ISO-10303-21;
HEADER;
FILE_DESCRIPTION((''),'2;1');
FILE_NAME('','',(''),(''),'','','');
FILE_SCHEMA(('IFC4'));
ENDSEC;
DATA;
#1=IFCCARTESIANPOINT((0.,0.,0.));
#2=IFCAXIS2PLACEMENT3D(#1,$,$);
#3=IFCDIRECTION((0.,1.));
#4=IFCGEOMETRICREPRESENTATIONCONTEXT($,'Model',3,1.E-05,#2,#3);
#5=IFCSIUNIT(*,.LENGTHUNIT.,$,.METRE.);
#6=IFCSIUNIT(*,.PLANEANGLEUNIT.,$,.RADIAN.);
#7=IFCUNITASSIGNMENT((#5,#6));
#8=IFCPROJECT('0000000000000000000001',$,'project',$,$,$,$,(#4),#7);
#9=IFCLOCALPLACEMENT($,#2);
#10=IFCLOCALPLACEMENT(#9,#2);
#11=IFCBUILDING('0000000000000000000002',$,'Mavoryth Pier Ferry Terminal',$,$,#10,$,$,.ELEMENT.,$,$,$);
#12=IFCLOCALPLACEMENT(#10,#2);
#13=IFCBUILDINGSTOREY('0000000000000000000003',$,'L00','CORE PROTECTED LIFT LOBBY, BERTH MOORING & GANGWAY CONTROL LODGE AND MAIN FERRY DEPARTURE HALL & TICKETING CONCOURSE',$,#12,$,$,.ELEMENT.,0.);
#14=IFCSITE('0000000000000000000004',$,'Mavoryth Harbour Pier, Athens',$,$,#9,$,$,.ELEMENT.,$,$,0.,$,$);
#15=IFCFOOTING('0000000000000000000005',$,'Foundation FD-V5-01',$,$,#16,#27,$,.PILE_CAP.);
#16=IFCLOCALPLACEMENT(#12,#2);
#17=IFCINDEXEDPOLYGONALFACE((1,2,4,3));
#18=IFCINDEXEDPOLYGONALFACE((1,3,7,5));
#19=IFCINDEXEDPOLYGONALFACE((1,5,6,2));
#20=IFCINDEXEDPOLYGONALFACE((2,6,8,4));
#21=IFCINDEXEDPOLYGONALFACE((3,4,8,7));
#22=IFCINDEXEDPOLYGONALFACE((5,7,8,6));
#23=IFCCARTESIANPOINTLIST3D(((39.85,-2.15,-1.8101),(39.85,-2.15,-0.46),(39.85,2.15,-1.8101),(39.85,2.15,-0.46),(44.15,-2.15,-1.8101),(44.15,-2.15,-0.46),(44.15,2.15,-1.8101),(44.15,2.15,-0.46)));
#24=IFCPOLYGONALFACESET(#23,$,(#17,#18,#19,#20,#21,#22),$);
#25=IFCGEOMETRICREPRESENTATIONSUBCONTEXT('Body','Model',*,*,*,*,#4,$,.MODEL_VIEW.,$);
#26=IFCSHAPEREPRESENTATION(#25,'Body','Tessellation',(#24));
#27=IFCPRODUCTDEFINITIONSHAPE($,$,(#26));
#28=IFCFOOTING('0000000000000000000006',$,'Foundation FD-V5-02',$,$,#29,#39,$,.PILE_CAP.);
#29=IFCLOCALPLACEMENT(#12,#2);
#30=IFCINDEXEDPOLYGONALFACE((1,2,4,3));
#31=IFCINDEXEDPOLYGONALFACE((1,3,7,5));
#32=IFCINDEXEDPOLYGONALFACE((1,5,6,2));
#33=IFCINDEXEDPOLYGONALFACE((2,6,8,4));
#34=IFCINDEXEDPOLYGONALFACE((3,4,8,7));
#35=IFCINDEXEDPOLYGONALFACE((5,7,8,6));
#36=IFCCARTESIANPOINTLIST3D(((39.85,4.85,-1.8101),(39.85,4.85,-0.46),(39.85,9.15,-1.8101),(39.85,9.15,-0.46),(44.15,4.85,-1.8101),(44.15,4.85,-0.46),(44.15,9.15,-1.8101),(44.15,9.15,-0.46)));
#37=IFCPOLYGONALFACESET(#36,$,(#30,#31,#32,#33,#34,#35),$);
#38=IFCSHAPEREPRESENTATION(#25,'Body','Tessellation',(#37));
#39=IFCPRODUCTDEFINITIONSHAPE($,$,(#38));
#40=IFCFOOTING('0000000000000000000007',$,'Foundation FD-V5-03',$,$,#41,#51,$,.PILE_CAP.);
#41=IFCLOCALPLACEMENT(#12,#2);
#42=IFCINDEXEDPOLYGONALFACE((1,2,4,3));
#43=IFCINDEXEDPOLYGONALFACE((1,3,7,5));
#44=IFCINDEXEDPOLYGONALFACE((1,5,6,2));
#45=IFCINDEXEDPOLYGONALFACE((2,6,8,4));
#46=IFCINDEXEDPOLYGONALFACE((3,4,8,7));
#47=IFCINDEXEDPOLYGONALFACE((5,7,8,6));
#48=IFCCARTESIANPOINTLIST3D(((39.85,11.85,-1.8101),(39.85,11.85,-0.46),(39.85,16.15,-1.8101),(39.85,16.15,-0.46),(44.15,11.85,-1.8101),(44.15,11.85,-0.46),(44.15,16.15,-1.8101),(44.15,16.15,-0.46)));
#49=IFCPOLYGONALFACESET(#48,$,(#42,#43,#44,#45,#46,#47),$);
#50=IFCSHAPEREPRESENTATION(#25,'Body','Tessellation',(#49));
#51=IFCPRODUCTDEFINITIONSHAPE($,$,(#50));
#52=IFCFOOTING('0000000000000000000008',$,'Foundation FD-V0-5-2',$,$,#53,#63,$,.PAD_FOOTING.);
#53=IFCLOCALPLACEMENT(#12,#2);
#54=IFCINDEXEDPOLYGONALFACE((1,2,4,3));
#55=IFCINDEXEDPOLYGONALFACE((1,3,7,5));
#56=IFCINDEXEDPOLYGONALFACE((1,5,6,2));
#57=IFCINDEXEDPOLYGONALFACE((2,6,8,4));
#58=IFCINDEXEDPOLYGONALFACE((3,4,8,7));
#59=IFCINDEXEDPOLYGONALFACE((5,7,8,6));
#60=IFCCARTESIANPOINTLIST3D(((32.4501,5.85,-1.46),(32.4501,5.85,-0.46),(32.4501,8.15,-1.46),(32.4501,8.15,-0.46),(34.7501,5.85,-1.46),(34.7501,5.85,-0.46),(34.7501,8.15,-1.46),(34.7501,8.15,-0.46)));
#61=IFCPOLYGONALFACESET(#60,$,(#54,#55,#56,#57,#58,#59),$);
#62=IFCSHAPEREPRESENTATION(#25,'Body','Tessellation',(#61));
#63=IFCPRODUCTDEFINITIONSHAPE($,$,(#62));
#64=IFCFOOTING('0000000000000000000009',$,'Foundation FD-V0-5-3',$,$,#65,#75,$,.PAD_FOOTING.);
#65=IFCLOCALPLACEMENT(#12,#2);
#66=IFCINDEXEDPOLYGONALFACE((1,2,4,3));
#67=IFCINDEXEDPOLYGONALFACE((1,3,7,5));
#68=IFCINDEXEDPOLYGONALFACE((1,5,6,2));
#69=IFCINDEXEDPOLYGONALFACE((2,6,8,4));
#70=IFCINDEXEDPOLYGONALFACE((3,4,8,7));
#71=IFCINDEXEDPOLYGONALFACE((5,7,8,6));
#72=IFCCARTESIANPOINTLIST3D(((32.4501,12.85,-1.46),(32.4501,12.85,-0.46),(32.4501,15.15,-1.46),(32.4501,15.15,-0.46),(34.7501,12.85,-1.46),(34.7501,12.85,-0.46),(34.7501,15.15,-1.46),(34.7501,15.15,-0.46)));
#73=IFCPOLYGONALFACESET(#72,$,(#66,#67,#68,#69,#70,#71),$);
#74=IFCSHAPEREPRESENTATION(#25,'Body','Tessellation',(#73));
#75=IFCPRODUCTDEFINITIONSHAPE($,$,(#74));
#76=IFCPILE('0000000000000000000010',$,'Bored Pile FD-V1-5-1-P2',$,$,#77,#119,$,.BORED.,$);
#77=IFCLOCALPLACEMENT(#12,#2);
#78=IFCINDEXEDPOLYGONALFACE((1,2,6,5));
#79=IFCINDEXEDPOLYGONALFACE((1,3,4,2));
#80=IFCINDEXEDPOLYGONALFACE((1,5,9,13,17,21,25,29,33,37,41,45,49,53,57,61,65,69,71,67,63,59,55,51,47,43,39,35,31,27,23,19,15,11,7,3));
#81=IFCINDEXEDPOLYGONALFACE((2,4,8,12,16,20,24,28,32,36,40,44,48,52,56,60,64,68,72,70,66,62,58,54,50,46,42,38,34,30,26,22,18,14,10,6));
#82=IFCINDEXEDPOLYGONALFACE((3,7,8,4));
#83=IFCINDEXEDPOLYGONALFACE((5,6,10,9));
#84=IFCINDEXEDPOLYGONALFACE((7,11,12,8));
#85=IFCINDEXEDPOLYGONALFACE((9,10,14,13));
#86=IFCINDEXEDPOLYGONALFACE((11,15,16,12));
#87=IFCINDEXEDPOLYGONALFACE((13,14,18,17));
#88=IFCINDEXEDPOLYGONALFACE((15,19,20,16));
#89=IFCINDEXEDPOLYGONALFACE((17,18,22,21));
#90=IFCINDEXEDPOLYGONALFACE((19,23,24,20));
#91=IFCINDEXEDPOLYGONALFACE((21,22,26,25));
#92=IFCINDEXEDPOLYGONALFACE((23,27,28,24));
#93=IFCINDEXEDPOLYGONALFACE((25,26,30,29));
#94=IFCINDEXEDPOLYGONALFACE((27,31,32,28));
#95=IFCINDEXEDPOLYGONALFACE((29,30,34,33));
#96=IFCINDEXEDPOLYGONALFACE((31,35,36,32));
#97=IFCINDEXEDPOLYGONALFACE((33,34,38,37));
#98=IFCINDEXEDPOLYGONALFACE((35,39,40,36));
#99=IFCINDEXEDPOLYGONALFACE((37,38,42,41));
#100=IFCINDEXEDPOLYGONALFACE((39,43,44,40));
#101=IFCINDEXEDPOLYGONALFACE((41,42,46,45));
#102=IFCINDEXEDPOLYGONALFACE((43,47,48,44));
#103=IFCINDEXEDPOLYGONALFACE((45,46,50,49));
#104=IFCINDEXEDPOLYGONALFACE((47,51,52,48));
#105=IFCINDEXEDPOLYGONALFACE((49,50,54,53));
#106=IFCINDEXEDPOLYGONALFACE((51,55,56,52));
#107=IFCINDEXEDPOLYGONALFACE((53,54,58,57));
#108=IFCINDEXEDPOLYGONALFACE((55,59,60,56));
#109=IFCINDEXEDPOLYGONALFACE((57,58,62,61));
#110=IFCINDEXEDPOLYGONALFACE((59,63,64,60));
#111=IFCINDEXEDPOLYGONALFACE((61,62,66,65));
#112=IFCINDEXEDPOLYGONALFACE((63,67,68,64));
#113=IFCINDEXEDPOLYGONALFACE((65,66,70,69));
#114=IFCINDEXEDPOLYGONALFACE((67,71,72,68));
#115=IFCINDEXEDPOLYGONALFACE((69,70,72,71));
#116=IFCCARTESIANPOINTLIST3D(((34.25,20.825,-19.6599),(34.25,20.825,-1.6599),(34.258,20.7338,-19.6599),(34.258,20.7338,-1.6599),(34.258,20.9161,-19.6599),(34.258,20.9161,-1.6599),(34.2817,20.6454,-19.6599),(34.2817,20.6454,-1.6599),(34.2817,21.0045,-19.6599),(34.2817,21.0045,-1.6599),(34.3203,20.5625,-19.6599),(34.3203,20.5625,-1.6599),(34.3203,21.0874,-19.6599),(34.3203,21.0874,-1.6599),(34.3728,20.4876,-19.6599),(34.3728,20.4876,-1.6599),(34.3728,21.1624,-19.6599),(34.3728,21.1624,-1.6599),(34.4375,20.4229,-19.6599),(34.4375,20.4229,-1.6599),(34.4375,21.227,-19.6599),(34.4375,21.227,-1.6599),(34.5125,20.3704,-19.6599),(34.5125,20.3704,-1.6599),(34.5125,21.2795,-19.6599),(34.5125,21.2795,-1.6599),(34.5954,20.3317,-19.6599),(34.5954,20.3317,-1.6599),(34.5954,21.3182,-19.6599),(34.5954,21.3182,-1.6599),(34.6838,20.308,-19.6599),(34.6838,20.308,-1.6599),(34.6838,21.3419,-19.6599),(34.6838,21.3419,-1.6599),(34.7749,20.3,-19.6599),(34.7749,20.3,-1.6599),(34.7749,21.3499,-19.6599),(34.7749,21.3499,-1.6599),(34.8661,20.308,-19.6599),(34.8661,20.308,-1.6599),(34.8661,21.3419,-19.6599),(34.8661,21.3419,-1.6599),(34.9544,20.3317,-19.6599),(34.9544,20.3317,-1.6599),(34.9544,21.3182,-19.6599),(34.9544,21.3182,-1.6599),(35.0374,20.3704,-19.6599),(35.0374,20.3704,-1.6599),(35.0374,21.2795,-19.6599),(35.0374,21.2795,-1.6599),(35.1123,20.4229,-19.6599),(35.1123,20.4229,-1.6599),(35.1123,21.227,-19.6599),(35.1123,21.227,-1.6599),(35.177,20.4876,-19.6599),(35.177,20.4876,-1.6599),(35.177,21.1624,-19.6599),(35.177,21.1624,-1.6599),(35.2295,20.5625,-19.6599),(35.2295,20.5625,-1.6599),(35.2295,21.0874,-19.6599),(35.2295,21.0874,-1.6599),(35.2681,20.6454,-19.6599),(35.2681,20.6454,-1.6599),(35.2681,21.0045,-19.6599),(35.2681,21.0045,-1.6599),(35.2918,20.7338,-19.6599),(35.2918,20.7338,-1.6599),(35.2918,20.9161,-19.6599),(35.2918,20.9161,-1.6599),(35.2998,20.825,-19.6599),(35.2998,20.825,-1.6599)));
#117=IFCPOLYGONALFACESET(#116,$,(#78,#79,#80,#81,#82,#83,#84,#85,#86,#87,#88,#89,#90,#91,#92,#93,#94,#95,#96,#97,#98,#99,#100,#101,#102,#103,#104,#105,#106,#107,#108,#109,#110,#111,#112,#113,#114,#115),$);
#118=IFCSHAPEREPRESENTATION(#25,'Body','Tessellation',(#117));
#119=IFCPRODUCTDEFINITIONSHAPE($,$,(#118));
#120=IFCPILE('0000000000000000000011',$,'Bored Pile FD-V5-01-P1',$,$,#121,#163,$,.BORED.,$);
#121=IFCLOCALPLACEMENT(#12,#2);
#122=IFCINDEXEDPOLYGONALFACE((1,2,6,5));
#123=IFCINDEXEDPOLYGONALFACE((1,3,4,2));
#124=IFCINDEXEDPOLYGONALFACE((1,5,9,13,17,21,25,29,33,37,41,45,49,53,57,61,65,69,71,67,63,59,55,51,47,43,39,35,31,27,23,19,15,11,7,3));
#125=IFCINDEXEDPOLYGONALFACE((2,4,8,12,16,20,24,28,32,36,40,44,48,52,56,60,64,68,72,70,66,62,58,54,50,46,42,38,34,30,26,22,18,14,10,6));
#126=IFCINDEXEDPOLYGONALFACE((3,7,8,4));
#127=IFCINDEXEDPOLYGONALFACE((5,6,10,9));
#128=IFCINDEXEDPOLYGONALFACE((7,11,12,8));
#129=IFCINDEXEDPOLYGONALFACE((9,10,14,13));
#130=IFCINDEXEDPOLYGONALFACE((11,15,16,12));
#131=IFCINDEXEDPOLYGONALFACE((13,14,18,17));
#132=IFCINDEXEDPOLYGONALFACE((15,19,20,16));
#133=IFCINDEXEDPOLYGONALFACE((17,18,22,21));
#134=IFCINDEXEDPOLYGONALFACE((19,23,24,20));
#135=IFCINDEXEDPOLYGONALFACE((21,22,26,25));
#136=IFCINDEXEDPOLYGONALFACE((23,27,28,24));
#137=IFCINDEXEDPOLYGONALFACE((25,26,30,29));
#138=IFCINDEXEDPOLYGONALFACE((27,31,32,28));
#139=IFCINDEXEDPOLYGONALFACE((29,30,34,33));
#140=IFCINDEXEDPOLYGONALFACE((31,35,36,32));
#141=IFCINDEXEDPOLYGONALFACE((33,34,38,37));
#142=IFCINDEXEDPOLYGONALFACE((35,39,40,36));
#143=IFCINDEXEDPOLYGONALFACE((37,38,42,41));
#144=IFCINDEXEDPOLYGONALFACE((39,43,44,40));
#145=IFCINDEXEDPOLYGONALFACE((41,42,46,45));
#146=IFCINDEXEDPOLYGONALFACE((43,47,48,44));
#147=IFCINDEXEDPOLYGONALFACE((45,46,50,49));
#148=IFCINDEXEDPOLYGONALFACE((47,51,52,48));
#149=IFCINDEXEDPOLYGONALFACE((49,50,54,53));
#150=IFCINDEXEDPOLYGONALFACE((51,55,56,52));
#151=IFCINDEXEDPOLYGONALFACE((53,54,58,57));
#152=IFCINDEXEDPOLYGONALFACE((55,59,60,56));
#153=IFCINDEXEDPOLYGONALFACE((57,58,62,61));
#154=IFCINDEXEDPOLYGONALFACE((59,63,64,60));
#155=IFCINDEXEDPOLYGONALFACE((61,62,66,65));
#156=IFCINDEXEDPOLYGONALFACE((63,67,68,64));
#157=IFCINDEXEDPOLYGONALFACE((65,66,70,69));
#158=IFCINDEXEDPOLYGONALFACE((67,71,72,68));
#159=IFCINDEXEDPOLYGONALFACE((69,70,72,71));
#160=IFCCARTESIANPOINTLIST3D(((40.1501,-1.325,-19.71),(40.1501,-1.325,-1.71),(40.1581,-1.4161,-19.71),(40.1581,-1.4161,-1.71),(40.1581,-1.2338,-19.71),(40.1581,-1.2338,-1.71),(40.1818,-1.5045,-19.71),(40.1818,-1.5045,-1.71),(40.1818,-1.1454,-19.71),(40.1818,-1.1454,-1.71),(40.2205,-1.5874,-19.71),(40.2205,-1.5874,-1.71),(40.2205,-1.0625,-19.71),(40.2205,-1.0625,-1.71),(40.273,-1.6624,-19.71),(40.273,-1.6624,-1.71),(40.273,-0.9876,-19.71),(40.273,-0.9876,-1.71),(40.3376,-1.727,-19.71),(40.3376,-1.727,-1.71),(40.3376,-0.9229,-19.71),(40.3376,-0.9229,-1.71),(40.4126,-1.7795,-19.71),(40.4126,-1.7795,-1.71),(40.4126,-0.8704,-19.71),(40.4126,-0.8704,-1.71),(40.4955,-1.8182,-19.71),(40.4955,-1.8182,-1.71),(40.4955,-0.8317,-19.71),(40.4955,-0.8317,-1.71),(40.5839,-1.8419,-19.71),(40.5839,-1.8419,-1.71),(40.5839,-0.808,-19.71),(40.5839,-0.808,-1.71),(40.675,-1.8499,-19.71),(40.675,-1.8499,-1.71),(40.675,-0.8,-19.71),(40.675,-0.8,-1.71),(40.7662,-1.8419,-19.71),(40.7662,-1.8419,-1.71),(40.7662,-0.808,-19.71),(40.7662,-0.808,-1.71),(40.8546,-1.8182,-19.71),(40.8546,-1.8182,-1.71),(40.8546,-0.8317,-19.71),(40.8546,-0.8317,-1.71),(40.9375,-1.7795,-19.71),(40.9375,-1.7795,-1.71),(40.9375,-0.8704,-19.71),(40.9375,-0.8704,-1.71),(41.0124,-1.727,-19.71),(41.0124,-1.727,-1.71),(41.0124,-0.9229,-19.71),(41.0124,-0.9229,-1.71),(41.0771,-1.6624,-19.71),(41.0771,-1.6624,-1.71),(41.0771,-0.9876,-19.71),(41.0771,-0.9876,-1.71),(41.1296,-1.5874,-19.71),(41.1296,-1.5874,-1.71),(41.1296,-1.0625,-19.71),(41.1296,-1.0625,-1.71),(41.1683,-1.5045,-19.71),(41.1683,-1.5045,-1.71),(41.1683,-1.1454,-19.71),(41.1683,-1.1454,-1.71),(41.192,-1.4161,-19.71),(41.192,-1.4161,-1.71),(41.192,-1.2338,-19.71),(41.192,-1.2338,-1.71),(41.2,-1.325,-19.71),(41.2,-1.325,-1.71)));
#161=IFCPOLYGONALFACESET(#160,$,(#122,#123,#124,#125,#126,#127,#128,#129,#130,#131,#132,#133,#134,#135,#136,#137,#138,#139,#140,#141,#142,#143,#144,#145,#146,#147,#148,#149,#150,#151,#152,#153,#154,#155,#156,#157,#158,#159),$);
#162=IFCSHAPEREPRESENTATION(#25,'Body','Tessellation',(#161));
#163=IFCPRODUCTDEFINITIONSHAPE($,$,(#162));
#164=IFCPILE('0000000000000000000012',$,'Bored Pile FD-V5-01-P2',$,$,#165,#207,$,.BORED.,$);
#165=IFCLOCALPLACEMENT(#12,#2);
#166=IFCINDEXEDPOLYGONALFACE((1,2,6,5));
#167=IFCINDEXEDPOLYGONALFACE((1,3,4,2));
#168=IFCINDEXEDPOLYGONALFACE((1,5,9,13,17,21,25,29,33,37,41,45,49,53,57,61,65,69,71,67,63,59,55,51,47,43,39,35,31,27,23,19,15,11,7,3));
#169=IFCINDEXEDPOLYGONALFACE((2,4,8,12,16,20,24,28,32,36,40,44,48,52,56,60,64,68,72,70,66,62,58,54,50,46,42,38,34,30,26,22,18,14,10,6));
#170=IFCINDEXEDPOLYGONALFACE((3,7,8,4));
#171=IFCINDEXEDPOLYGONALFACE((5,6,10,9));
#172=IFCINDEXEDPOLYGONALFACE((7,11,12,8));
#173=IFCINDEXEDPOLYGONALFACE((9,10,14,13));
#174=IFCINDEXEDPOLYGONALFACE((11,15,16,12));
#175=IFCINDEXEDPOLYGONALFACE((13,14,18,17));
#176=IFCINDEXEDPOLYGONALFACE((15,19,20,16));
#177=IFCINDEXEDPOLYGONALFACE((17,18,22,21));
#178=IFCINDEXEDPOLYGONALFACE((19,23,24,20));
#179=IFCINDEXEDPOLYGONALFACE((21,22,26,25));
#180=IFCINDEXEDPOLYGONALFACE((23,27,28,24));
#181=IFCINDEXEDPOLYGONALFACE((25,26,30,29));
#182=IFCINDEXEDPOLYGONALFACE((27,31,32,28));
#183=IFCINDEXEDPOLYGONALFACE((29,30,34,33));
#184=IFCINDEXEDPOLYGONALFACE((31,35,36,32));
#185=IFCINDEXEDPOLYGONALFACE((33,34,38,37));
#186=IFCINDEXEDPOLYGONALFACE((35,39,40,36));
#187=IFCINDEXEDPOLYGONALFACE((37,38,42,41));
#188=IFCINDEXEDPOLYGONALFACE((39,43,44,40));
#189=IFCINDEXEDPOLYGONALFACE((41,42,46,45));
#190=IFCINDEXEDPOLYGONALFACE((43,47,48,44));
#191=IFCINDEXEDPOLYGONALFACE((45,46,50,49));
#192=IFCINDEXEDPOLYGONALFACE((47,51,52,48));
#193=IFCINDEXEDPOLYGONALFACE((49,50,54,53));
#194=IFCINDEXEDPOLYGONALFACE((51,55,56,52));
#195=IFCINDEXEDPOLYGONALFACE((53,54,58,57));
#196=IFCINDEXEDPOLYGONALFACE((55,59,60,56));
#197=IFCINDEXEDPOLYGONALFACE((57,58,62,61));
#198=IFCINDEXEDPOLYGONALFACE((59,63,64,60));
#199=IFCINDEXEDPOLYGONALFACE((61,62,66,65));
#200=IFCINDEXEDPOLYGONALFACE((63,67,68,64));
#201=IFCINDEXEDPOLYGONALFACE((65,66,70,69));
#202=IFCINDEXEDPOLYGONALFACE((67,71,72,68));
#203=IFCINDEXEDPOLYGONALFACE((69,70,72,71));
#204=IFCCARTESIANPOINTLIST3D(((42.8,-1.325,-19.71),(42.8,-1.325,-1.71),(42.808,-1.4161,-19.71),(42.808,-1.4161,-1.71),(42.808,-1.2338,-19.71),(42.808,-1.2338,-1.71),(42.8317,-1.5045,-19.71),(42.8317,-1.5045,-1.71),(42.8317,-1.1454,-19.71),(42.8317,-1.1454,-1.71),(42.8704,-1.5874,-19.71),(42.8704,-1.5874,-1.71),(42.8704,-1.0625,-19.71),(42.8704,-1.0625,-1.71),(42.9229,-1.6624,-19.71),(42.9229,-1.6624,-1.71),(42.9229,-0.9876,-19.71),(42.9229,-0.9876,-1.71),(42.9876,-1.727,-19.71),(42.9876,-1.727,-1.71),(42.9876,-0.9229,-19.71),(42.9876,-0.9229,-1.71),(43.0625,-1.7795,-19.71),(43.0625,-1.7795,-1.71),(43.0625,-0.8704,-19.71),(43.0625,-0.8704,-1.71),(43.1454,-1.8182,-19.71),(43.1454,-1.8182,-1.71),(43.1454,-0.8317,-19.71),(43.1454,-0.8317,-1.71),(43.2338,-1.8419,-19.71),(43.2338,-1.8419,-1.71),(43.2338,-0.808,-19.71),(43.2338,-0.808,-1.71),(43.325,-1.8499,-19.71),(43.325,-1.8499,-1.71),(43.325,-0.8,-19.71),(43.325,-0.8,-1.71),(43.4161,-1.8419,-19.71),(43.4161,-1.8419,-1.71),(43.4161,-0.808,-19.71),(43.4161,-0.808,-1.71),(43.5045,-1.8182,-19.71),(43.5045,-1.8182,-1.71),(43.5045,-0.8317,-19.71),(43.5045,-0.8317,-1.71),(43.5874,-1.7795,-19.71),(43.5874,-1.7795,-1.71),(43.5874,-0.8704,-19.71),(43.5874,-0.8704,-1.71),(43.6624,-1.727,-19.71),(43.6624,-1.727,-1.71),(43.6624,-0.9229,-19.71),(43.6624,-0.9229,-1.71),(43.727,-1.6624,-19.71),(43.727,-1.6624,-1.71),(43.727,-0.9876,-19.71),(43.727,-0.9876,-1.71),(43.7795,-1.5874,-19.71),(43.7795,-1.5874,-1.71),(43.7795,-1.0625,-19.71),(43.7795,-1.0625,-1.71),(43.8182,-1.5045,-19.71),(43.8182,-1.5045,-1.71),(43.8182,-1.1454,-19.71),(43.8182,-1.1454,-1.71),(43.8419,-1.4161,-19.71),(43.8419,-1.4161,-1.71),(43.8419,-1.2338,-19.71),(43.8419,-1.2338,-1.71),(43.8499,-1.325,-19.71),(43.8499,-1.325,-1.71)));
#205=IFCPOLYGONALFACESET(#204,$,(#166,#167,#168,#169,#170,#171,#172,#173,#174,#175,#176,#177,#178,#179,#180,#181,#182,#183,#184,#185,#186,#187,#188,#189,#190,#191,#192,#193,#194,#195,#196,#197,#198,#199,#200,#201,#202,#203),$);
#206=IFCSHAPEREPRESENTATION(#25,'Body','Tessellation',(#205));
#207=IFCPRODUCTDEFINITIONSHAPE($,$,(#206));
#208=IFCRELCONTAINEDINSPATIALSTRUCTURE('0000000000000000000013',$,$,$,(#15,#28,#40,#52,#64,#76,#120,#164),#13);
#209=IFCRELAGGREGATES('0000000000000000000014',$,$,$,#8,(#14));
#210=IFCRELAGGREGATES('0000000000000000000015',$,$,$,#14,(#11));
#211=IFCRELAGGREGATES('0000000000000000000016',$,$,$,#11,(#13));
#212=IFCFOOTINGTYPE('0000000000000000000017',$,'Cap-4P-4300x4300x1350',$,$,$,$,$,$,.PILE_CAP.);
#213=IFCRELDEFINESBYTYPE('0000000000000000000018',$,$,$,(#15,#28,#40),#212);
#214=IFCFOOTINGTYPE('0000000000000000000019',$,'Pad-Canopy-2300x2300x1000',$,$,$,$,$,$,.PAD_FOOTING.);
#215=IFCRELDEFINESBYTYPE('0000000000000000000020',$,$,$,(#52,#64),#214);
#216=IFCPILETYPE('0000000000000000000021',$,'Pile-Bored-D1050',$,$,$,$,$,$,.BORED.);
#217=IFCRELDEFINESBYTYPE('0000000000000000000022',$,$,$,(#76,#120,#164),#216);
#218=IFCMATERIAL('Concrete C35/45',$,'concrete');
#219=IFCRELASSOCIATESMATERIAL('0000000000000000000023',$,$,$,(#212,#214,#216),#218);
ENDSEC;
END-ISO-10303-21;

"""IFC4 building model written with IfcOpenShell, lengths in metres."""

from ifc_helpers import new_model, si_unit, direction, frame, origin, origin_2d, place, context, subcontext, project, spatial, rectangle, circle, extrude, material, material_profile, profile_set, type_object, element, save


model = new_model("IFC4")

# Units and contexts
model_context = context("Model", 3, precision=1e-05, world=origin(), true_north=direction((0.0, 1.0)))
body_context = subcontext(model_context, "Body", "Model", "MODEL_VIEW")
ifc_project = project(units=[si_unit("LENGTHUNIT", "METRE"), si_unit("PLANEANGLEUNIT", "RADIAN")], contexts=[model_context])

# Site, building, storey
site_placement = place(None, origin())
site = spatial("IfcSite", under=ifc_project, at=site_placement, Name="Mavoryth Harbour Pier, Athens", CompositionType="ELEMENT", RefElevation=0.0)
building_placement = place(site_placement, origin())
building = spatial("IfcBuilding", under=site, at=building_placement, Name="Mavoryth Pier Ferry Terminal", CompositionType="ELEMENT")
storey_placement = place(building_placement, origin())
storey = spatial("IfcBuildingStorey", under=building, at=storey_placement, Name="L00", Description="CORE PROTECTED LIFT LOBBY, BERTH MOORING & GANGWAY CONTROL LODGE AND MAIN FERRY DEPARTURE HALL & TICKETING CONCOURSE", CompositionType="ELEMENT", Elevation=0.0)

# Footings
ifc_material_1 = material(Name="Concrete C35/45", Category="concrete")
footing_type_1 = type_object("IfcFootingType", Name="Cap-4P-4300x4300x1350", PredefinedType="PILE_CAP", material=ifc_material_1)
for number, where, z_axis, x_axis, name in (
    (1, (42.0, 0.0, -1.8101), (0.0, 0.0, 1.0), (1.0, 0.0, 0.0), "Foundation FD-V5-01"),
    (2, (42.0, 7.0, -1.8101), (0.0, 0.0, 1.0), (1.0, 0.0, 0.0), "Foundation FD-V5-02"),
    (3, (42.0, 14.0, -1.8101), (0.0, 0.0, 1.0), (1.0, 0.0, 0.0), "Foundation FD-V5-03"),
):
    element("IfcFooting", number, at=place(storey_placement, frame(where, z_axis=z_axis, x_axis=x_axis)), inside=storey, type_object=footing_type_1, Name=name, PredefinedType="PILE_CAP", context=body_context, shape_type="SweptSolid", body=[
        extrude(rectangle(XDim=4.3, YDim=4.3, at=origin_2d()), origin(), (0.0, 0.0, 1.0), 1.3501),
    ])
footing_type_2 = type_object("IfcFootingType", Name="Pad-Canopy-2300x2300x1000", PredefinedType="PAD_FOOTING", material=ifc_material_1)
for number, where, z_axis, x_axis, name in (
    (4, (33.6001, 7.0, -1.46), (0.0, 0.0, 1.0), (1.0, 0.0, 0.0), "Foundation FD-V0-5-2"),
    (5, (33.6001, 14.0, -1.46), (0.0, 0.0, 1.0), (1.0, 0.0, 0.0), "Foundation FD-V0-5-3"),
):
    element("IfcFooting", number, at=place(storey_placement, frame(where, z_axis=z_axis, x_axis=x_axis)), inside=storey, type_object=footing_type_2, Name=name, PredefinedType="PAD_FOOTING", context=body_context, shape_type="SweptSolid", body=[
        extrude(rectangle(XDim=2.3, YDim=2.3, at=origin_2d()), origin(), (0.0, 0.0, 1.0), 1.0),
    ])

# Piles
ifc_material_profile_1 = material_profile(ifc_material_1, circle(Radius=0.5249, at=origin_2d()), Name="PILE D1050", Category="concrete")
ifc_profile_set_1 = profile_set([ifc_material_profile_1], Name="Concrete C35/45 - PILE D1050")
pile_type = type_object("IfcPileType", Name="Pile-Bored-D1050", PredefinedType="BORED", material=ifc_profile_set_1)
for number, where, z_axis, x_axis, name in (
    (6, (34.7749, 20.825, -1.6599), (0.0, 0.0, -1.0), (1.0, 0.0, 0.0), "Bored Pile FD-V1-5-1-P2"),
    (7, (40.675, -1.325, -1.71), (0.0, 0.0, -1.0), (1.0, 0.0, 0.0), "Bored Pile FD-V5-01-P1"),
    (8, (43.325, -1.325, -1.71), (0.0, 0.0, -1.0), (1.0, 0.0, 0.0), "Bored Pile FD-V5-01-P2"),
):
    element("IfcPile", number, at=place(storey_placement, frame(where, z_axis=z_axis, x_axis=x_axis)), inside=storey, type_object=pile_type, Name=name, PredefinedType="BORED", context=body_context, shape_type="SweptSolid", body=[
        extrude(circle(Radius=0.5249, at=origin_2d()), origin(), (0.0, 0.0, 1.0), 18.0),
    ])

save(model, "model.ifc")
